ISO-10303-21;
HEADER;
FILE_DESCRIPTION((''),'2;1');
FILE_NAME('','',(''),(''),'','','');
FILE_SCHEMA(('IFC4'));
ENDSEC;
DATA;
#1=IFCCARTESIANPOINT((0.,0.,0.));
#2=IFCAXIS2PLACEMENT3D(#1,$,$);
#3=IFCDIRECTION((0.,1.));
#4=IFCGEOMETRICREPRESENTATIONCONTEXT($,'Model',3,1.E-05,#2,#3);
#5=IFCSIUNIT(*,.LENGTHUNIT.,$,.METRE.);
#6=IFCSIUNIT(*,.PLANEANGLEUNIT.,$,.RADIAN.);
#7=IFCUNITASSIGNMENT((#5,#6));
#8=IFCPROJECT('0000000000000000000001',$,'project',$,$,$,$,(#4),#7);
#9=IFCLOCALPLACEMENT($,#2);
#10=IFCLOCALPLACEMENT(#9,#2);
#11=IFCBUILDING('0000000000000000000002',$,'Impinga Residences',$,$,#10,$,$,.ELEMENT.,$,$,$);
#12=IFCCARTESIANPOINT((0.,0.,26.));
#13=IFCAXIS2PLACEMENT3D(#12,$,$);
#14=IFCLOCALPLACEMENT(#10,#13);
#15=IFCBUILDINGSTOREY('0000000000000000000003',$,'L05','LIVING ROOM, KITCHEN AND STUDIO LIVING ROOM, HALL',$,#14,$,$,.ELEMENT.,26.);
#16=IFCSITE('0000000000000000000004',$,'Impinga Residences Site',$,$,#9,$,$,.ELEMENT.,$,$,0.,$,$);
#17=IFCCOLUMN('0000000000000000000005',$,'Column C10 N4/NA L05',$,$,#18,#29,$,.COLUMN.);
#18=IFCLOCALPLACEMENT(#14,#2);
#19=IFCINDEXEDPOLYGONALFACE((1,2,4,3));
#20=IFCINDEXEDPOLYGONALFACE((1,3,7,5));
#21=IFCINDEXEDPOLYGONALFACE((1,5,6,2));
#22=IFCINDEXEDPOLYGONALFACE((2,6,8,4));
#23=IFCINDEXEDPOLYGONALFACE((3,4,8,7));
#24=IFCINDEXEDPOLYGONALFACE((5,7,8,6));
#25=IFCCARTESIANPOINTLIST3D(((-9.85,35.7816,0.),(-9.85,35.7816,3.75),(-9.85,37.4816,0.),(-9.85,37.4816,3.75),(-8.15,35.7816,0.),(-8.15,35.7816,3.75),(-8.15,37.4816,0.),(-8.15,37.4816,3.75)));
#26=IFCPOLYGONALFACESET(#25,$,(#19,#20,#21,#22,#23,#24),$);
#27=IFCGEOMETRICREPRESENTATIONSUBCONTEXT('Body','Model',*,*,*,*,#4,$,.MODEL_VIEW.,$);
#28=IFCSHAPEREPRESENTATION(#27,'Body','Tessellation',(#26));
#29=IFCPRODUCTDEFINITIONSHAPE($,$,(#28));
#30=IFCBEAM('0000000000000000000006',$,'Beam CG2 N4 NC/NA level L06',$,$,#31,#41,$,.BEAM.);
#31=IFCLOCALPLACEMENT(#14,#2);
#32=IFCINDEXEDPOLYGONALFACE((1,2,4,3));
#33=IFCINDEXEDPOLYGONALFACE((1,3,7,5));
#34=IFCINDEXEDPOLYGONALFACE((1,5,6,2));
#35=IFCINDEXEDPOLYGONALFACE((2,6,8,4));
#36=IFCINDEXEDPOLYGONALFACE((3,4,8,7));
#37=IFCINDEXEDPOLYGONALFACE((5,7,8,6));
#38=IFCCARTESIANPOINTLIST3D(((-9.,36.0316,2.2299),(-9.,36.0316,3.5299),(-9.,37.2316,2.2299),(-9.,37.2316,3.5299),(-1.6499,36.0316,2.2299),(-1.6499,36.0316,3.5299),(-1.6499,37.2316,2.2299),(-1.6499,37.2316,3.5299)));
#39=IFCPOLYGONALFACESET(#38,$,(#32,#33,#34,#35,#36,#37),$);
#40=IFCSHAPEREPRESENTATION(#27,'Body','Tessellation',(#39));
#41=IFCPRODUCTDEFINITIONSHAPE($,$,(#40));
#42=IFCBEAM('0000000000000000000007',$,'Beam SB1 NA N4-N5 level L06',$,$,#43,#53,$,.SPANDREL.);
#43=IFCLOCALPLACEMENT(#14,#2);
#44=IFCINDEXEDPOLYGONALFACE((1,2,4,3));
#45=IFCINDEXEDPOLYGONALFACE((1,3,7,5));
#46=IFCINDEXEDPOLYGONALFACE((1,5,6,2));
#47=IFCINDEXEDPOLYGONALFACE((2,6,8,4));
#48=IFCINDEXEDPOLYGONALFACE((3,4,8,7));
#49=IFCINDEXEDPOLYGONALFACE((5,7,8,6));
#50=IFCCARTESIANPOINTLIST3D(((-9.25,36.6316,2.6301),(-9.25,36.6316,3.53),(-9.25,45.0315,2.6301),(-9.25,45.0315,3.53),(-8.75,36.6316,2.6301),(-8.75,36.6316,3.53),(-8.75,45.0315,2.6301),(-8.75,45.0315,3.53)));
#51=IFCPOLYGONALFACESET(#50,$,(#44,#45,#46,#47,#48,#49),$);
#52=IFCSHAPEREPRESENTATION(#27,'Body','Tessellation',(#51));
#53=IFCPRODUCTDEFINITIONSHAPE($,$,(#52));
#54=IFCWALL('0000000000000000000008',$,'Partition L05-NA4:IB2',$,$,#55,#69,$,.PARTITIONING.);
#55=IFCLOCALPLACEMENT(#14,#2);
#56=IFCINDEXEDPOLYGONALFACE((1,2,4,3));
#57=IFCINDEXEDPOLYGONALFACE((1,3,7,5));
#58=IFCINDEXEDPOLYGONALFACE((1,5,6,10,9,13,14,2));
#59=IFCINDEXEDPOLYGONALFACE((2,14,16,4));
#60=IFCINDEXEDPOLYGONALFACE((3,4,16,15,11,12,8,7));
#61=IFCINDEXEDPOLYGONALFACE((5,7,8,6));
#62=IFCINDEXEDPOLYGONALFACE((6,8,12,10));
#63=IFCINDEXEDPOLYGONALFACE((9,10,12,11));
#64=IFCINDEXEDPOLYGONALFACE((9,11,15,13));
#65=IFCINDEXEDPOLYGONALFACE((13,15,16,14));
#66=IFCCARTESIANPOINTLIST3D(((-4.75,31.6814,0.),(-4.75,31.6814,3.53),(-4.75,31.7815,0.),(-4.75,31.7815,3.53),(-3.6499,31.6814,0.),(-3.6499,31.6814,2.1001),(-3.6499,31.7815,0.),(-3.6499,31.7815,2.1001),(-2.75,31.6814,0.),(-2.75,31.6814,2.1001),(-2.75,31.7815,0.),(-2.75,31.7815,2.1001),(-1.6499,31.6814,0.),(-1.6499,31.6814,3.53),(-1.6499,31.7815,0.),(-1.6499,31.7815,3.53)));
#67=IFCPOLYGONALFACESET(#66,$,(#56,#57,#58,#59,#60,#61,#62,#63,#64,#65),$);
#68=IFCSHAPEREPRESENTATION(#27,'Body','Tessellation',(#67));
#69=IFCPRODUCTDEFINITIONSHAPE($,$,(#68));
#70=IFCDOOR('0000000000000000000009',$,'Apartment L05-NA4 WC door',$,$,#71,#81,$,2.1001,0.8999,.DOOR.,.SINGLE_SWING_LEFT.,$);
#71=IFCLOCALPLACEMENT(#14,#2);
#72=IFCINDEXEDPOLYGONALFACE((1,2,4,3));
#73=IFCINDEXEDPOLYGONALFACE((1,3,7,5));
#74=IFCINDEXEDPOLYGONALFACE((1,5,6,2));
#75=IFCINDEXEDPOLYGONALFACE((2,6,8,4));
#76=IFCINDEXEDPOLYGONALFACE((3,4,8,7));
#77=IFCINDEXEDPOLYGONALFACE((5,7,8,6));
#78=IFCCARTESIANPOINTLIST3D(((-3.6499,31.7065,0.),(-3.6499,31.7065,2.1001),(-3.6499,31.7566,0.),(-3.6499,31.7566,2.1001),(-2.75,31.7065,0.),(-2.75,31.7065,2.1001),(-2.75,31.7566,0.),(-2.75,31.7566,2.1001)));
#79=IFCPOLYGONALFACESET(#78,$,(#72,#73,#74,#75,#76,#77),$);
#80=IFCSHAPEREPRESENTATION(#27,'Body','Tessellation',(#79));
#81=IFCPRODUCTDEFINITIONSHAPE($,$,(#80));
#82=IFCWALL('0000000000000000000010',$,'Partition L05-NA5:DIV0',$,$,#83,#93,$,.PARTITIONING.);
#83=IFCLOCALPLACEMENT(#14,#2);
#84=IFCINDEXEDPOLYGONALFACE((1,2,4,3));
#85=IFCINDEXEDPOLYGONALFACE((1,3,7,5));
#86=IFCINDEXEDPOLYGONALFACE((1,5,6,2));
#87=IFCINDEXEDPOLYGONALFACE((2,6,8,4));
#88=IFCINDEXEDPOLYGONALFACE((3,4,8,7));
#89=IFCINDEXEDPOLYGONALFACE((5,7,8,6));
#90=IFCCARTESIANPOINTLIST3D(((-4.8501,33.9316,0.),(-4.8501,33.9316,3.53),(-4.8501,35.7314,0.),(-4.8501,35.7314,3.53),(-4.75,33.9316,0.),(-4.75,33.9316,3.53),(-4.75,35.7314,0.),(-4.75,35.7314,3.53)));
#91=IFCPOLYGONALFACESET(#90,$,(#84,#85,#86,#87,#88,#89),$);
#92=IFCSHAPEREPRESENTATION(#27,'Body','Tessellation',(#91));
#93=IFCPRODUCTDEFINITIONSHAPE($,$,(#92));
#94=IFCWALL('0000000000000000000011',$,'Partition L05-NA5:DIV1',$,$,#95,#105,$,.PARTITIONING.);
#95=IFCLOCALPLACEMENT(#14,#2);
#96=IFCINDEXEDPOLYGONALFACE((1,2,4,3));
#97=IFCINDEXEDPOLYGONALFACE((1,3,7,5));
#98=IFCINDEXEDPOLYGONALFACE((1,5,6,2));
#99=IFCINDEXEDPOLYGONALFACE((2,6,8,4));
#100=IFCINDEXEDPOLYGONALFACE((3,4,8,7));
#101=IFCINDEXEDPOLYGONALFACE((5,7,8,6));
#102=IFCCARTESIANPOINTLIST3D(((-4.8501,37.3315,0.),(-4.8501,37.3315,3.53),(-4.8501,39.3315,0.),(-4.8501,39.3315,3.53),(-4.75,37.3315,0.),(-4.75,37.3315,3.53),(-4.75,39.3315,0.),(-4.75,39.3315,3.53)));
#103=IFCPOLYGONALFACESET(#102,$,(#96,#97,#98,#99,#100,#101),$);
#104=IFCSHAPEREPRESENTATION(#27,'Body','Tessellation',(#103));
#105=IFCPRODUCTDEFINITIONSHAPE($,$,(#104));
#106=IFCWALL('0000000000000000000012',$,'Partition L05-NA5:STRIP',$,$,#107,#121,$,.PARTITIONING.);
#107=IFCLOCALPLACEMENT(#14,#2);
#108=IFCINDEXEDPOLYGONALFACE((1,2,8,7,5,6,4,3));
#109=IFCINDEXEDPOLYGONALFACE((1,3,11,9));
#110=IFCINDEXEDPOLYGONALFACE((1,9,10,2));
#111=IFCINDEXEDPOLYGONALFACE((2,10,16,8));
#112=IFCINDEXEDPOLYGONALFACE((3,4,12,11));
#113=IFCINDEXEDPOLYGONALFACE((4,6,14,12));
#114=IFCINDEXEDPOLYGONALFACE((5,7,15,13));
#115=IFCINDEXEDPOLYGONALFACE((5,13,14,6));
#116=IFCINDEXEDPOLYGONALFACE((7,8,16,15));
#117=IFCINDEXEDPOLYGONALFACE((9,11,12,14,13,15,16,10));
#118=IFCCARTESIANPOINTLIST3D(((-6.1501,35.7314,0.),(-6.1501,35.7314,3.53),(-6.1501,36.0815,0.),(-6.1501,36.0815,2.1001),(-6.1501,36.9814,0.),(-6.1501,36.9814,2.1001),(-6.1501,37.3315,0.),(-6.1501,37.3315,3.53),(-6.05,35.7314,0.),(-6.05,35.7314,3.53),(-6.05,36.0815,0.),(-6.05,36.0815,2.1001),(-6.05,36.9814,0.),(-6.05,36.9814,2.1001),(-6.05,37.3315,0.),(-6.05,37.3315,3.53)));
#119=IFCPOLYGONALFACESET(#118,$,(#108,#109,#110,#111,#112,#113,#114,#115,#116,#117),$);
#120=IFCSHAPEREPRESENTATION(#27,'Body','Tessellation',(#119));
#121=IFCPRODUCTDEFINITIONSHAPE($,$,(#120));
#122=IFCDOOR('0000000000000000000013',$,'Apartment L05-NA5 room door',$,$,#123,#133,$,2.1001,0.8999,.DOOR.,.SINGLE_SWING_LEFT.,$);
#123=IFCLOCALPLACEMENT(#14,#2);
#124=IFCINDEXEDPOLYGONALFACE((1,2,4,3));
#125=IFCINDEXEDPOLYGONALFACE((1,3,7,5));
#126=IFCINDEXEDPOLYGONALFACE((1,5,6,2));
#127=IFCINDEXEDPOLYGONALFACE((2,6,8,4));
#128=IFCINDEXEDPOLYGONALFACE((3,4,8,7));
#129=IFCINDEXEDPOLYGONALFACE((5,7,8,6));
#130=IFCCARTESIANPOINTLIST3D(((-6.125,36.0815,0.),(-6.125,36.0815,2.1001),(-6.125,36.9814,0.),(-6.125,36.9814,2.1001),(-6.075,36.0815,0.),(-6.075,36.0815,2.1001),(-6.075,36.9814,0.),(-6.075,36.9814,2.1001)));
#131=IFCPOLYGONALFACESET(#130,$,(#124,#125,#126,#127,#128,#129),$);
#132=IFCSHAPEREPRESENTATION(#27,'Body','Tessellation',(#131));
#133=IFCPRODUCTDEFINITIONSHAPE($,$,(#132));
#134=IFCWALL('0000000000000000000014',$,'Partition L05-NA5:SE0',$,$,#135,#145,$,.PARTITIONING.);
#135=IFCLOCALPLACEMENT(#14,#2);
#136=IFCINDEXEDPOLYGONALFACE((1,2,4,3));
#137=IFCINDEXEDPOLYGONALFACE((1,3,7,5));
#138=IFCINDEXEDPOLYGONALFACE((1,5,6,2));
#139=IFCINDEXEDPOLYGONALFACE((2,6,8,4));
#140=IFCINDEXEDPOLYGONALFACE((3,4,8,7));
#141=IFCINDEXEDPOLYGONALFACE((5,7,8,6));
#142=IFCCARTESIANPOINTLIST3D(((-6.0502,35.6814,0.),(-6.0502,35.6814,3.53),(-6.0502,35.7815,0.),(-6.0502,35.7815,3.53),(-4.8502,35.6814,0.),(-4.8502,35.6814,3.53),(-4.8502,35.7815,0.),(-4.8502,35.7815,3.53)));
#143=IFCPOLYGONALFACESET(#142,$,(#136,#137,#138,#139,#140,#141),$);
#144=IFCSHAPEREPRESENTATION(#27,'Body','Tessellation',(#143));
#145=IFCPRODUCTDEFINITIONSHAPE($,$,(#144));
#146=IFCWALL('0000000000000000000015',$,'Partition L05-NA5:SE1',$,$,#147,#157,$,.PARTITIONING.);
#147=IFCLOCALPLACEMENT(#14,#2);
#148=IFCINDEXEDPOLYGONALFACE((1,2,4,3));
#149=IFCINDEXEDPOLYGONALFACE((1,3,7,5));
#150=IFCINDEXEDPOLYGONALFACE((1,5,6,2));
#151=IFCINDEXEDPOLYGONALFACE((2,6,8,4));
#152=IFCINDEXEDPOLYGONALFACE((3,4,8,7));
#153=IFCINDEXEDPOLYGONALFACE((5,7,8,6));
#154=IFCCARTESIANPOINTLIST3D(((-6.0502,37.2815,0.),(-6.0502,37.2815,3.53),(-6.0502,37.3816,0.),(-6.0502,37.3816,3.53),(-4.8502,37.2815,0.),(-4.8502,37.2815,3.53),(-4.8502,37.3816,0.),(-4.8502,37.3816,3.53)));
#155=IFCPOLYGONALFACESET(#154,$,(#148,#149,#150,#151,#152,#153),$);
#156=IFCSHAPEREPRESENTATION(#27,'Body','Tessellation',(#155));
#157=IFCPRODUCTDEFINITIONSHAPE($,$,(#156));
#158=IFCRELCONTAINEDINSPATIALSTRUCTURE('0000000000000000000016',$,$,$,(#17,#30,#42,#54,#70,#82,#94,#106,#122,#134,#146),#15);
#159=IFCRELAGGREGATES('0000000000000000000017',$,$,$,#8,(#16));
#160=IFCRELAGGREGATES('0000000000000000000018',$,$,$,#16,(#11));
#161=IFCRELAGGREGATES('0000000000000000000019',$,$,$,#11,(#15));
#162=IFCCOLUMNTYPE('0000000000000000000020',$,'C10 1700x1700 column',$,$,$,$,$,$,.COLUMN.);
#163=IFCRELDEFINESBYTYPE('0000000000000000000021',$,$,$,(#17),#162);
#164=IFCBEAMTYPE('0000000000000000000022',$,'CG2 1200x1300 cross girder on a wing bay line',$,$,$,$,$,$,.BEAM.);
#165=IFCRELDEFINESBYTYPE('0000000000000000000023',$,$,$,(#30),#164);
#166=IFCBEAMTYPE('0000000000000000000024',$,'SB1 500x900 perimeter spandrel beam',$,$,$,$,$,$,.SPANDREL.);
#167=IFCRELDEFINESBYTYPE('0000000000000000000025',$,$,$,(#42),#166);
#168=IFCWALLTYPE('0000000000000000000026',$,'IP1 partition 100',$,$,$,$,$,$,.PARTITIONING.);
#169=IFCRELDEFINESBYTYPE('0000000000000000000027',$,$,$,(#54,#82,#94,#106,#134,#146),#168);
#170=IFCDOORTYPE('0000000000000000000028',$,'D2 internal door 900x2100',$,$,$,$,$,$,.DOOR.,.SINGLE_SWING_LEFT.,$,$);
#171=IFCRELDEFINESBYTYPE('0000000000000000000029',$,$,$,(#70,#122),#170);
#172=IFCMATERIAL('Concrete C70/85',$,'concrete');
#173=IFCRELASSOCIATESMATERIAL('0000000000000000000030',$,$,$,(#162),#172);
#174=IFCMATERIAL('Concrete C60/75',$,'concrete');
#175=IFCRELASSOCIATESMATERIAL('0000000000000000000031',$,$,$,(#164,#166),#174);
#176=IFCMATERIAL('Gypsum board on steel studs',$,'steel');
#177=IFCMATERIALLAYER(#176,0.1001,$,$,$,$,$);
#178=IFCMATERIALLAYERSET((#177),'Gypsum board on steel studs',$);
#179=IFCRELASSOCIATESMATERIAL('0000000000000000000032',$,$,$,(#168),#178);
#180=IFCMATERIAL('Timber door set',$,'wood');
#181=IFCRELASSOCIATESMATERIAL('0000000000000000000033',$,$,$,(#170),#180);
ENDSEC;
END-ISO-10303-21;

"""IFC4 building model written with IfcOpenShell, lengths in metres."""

from ifc_helpers import new_model, si_unit, direction, frame, frame_2d, origin, origin_2d, place, context, subcontext, project, spatial, rectangle, extrude, material, layer, layer_set, material_profile, profile_set, type_object, element, fill, save


model = new_model("IFC4")

# Units and contexts
model_context = context("Model", 3, precision=1e-05, world=origin(), true_north=direction((0.0, 1.0)))
body_context = subcontext(model_context, "Body", "Model", "MODEL_VIEW")
ifc_project = project(units=[si_unit("LENGTHUNIT", "METRE"), si_unit("PLANEANGLEUNIT", "RADIAN")], contexts=[model_context])

# Site, building, storey
site_placement = place(None, origin())
site = spatial("IfcSite", under=ifc_project, at=site_placement, Name="Impinga Residences Site", CompositionType="ELEMENT", RefElevation=0.0)
building_placement = place(site_placement, origin())
building = spatial("IfcBuilding", under=site, at=building_placement, Name="Impinga Residences", CompositionType="ELEMENT")
storey_placement = place(building_placement, frame((0.0, 0.0, 26.0)))
storey = spatial("IfcBuildingStorey", under=building, at=storey_placement, Name="L05", Description="LIVING ROOM, KITCHEN AND STUDIO LIVING ROOM, HALL", CompositionType="ELEMENT", Elevation=26.0)

# Column
ifc_material_1 = material(Name="Concrete C70/85", Category="concrete")
ifc_material_profile_1 = material_profile(ifc_material_1, rectangle(XDim=1.7, YDim=1.7, at=origin_2d()), Name="RC 1700x1700")
ifc_profile_set_1 = profile_set([ifc_material_profile_1], Name="Concrete C70/85")
column_type = type_object("IfcColumnType", Name="C10 1700x1700 column", PredefinedType="COLUMN", material=ifc_profile_set_1)
column_placement = place(storey_placement, frame((-9.0, 36.6316, 0.0), z_axis=(0.0, 0.0, 1.0), x_axis=(1.0, 0.0, 0.0)))
element("IfcColumn", 1, at=column_placement, inside=storey, type_object=column_type, Name="Column C10 N4/NA L05", PredefinedType="COLUMN", context=body_context, shape_type="SweptSolid", body=[
    extrude(rectangle(XDim=1.7, YDim=1.7, at=origin_2d()), origin(), (0.0, 0.0, 1.0), 3.75),
])

# Beams
ifc_material_2 = material(Name="Concrete C60/75", Category="concrete")
ifc_material_profile_2 = material_profile(ifc_material_2, rectangle(XDim=1.2, YDim=1.3, at=origin_2d()), Name="RC 1200x1300")
ifc_profile_set_2 = profile_set([ifc_material_profile_2], Name="Concrete C60/75")
beam_type_1 = type_object("IfcBeamType", Name="CG2 1200x1300 cross girder on a wing bay line", PredefinedType="BEAM", material=ifc_profile_set_2)
beam_1_placement = place(storey_placement, frame((-1.6499, 36.6316, 2.8799), z_axis=(-1.0, 0.0, 0.0), x_axis=(0.0, -1.0, 0.0)))
element("IfcBeam", 2, at=beam_1_placement, inside=storey, type_object=beam_type_1, Name="Beam CG2 N4 NC/NA level L06", PredefinedType="BEAM", context=body_context, shape_type="SweptSolid", body=[
    extrude(rectangle(XDim=1.2, YDim=1.3, at=origin_2d()), origin(), (0.0, 0.0, 1.0), 7.3501),
])
ifc_material_profile_3 = material_profile(ifc_material_2, rectangle(XDim=0.5, YDim=0.8999, at=origin_2d()), Name="RC 500x900")
ifc_profile_set_3 = profile_set([ifc_material_profile_3], Name="Concrete C60/75")
beam_type_2 = type_object("IfcBeamType", Name="SB1 500x900 perimeter spandrel beam", PredefinedType="SPANDREL", material=ifc_profile_set_3)
beam_2_placement = place(storey_placement, frame((-9.0, 36.6316, 3.0801), z_axis=(0.0, 1.0, 0.0), x_axis=(-1.0, 0.0, 0.0)))
element("IfcBeam", 3, at=beam_2_placement, inside=storey, type_object=beam_type_2, Name="Beam SB1 NA N4-N5 level L06", PredefinedType="SPANDREL", context=body_context, shape_type="SweptSolid", body=[
    extrude(rectangle(XDim=0.5, YDim=0.8999, at=origin_2d()), origin(), (0.0, 0.0, 1.0), 8.3999),
])

# Wall, opening, door
ifc_material_3 = material(Name="Gypsum board on steel studs", Category="steel")
ifc_layer_1 = layer(ifc_material_3, 0.1001)
ifc_layer_set_1 = layer_set([ifc_layer_1], Name="Gypsum board on steel studs")
wall_type_1 = type_object("IfcWallType", Name="IP1 partition 100", PredefinedType="PARTITIONING", material=ifc_layer_set_1)
wall_1_placement = place(storey_placement, frame((-1.6499, 31.7314, 0.0), z_axis=(0.0, 0.0, 1.0), x_axis=(-1.0, 0.0, 0.0)))
wall_1 = element("IfcWall", 4, at=wall_1_placement, inside=storey, type_object=wall_type_1, Name="Partition L05-NA4:IB2", PredefinedType="PARTITIONING", context=body_context, shape_type="SweptSolid", body=[
    extrude(rectangle(XDim=3.1001, YDim=0.1001, at=frame_2d((1.55, 0.0))), origin(), (0.0, 0.0, 1.0), 3.53),
])
opening_1_placement = place(wall_1_placement, frame((1.1001, 0.0, 0.0)))
opening_1 = element("IfcOpeningElement", 5, at=opening_1_placement, cuts=wall_1, PredefinedType="OPENING", context=body_context, shape_type="SweptSolid", body=[
    extrude(rectangle(XDim=0.8999, YDim=2.1001, at=frame_2d((0.45, 1.05))), frame((0.0, 0.0601, 0.0), z_axis=(0.0, -1.0, 0.0), x_axis=(1.0, 0.0, 0.0)), (0.0, 0.0, 1.0), 0.1201),
])
ifc_material_4 = material(Name="Timber door set", Category="wood")
door_type = type_object("IfcDoorType", Name="D2 internal door 900x2100", OperationType="SINGLE_SWING_LEFT", PredefinedType="DOOR", material=ifc_material_4)
door_1_placement = place(opening_1_placement, origin())
door_1 = element("IfcDoor", 6, at=door_1_placement, inside=storey, type_object=door_type, Name="Apartment L05-NA4 WC door", OperationType="SINGLE_SWING_LEFT", OverallHeight=2.1001, OverallWidth=0.8999, PredefinedType="DOOR", context=body_context, shape_type="SweptSolid", body=[
    extrude(rectangle(XDim=0.8999, YDim=2.1001, at=frame_2d((0.45, 1.05))), frame((0.0, 0.0249, 0.0), z_axis=(0.0, -1.0, 0.0), x_axis=(1.0, 0.0, 0.0)), (0.0, 0.0, 1.0), 0.05),
])
fill(opening_1, door_1)

# Walls
wall_2_placement = place(storey_placement, frame((-4.8, 33.9316, 0.0), z_axis=(0.0, 0.0, 1.0), x_axis=(0.0, 1.0, 0.0)))
element("IfcWall", 7, at=wall_2_placement, inside=storey, type_object=wall_type_1, Name="Partition L05-NA5:DIV0", PredefinedType="PARTITIONING", context=body_context, shape_type="SweptSolid", body=[
    extrude(rectangle(XDim=1.7998, YDim=0.1001, at=frame_2d((0.8999, 0.0))), origin(), (0.0, 0.0, 1.0), 3.53),
])
wall_3_placement = place(storey_placement, frame((-4.8, 37.3315, 0.0), z_axis=(0.0, 0.0, 1.0), x_axis=(0.0, 1.0, 0.0)))
element("IfcWall", 8, at=wall_3_placement, inside=storey, type_object=wall_type_1, Name="Partition L05-NA5:DIV1", PredefinedType="PARTITIONING", context=body_context, shape_type="SweptSolid", body=[
    extrude(rectangle(XDim=2.0, YDim=0.1001, at=frame_2d((1.0, 0.0))), origin(), (0.0, 0.0, 1.0), 3.53),
])

# Wall, opening, door
wall_4_placement = place(storey_placement, frame((-6.1001, 35.7314, 0.0), z_axis=(0.0, 0.0, 1.0), x_axis=(0.0, 1.0, 0.0)))
wall_4 = element("IfcWall", 9, at=wall_4_placement, inside=storey, type_object=wall_type_1, Name="Partition L05-NA5:STRIP", PredefinedType="PARTITIONING", context=body_context, shape_type="SweptSolid", body=[
    extrude(rectangle(XDim=1.6001, YDim=0.1001, at=frame_2d((0.8, 0.0))), origin(), (0.0, 0.0, 1.0), 3.53),
])
opening_2_placement = place(wall_4_placement, frame((0.3501, 0.0, 0.0)))
opening_2 = element("IfcOpeningElement", 10, at=opening_2_placement, cuts=wall_4, PredefinedType="OPENING", context=body_context, shape_type="SweptSolid", body=[
    extrude(rectangle(XDim=0.8999, YDim=2.1001, at=frame_2d((0.45, 1.05))), frame((0.0, 0.0601, 0.0), z_axis=(0.0, -1.0, 0.0), x_axis=(1.0, 0.0, 0.0)), (0.0, 0.0, 1.0), 0.1201),
])
door_2_placement = place(opening_2_placement, origin())
door_2 = element("IfcDoor", 11, at=door_2_placement, inside=storey, type_object=door_type, Name="Apartment L05-NA5 room door", OperationType="SINGLE_SWING_LEFT", OverallHeight=2.1001, OverallWidth=0.8999, PredefinedType="DOOR", context=body_context, shape_type="SweptSolid", body=[
    extrude(rectangle(XDim=0.8999, YDim=2.1001, at=frame_2d((0.45, 1.05))), frame((0.0, 0.0249, 0.0), z_axis=(0.0, -1.0, 0.0), x_axis=(1.0, 0.0, 0.0)), (0.0, 0.0, 1.0), 0.05),
])
fill(opening_2, door_2)

# Walls
for number, where, z_axis, x_axis, name in (
    (12, (-4.8501, 35.7314, 0.0), (0.0, 0.0, 1.0), (-1.0, 0.0, 0.0), "Partition L05-NA5:SE0"),
    (13, (-4.8501, 37.3315, 0.0), (0.0, 0.0, 1.0), (-1.0, 0.0, 0.0), "Partition L05-NA5:SE1"),
):
    element("IfcWall", number, at=place(storey_placement, frame(where, z_axis=z_axis, x_axis=x_axis)), inside=storey, type_object=wall_type_1, Name=name, PredefinedType="PARTITIONING", context=body_context, shape_type="SweptSolid", body=[
        extrude(rectangle(XDim=1.2, YDim=0.1001, at=frame_2d((0.6001, 0.0))), origin(), (0.0, 0.0, 1.0), 3.53),
    ])

save(model, "model.ifc")
